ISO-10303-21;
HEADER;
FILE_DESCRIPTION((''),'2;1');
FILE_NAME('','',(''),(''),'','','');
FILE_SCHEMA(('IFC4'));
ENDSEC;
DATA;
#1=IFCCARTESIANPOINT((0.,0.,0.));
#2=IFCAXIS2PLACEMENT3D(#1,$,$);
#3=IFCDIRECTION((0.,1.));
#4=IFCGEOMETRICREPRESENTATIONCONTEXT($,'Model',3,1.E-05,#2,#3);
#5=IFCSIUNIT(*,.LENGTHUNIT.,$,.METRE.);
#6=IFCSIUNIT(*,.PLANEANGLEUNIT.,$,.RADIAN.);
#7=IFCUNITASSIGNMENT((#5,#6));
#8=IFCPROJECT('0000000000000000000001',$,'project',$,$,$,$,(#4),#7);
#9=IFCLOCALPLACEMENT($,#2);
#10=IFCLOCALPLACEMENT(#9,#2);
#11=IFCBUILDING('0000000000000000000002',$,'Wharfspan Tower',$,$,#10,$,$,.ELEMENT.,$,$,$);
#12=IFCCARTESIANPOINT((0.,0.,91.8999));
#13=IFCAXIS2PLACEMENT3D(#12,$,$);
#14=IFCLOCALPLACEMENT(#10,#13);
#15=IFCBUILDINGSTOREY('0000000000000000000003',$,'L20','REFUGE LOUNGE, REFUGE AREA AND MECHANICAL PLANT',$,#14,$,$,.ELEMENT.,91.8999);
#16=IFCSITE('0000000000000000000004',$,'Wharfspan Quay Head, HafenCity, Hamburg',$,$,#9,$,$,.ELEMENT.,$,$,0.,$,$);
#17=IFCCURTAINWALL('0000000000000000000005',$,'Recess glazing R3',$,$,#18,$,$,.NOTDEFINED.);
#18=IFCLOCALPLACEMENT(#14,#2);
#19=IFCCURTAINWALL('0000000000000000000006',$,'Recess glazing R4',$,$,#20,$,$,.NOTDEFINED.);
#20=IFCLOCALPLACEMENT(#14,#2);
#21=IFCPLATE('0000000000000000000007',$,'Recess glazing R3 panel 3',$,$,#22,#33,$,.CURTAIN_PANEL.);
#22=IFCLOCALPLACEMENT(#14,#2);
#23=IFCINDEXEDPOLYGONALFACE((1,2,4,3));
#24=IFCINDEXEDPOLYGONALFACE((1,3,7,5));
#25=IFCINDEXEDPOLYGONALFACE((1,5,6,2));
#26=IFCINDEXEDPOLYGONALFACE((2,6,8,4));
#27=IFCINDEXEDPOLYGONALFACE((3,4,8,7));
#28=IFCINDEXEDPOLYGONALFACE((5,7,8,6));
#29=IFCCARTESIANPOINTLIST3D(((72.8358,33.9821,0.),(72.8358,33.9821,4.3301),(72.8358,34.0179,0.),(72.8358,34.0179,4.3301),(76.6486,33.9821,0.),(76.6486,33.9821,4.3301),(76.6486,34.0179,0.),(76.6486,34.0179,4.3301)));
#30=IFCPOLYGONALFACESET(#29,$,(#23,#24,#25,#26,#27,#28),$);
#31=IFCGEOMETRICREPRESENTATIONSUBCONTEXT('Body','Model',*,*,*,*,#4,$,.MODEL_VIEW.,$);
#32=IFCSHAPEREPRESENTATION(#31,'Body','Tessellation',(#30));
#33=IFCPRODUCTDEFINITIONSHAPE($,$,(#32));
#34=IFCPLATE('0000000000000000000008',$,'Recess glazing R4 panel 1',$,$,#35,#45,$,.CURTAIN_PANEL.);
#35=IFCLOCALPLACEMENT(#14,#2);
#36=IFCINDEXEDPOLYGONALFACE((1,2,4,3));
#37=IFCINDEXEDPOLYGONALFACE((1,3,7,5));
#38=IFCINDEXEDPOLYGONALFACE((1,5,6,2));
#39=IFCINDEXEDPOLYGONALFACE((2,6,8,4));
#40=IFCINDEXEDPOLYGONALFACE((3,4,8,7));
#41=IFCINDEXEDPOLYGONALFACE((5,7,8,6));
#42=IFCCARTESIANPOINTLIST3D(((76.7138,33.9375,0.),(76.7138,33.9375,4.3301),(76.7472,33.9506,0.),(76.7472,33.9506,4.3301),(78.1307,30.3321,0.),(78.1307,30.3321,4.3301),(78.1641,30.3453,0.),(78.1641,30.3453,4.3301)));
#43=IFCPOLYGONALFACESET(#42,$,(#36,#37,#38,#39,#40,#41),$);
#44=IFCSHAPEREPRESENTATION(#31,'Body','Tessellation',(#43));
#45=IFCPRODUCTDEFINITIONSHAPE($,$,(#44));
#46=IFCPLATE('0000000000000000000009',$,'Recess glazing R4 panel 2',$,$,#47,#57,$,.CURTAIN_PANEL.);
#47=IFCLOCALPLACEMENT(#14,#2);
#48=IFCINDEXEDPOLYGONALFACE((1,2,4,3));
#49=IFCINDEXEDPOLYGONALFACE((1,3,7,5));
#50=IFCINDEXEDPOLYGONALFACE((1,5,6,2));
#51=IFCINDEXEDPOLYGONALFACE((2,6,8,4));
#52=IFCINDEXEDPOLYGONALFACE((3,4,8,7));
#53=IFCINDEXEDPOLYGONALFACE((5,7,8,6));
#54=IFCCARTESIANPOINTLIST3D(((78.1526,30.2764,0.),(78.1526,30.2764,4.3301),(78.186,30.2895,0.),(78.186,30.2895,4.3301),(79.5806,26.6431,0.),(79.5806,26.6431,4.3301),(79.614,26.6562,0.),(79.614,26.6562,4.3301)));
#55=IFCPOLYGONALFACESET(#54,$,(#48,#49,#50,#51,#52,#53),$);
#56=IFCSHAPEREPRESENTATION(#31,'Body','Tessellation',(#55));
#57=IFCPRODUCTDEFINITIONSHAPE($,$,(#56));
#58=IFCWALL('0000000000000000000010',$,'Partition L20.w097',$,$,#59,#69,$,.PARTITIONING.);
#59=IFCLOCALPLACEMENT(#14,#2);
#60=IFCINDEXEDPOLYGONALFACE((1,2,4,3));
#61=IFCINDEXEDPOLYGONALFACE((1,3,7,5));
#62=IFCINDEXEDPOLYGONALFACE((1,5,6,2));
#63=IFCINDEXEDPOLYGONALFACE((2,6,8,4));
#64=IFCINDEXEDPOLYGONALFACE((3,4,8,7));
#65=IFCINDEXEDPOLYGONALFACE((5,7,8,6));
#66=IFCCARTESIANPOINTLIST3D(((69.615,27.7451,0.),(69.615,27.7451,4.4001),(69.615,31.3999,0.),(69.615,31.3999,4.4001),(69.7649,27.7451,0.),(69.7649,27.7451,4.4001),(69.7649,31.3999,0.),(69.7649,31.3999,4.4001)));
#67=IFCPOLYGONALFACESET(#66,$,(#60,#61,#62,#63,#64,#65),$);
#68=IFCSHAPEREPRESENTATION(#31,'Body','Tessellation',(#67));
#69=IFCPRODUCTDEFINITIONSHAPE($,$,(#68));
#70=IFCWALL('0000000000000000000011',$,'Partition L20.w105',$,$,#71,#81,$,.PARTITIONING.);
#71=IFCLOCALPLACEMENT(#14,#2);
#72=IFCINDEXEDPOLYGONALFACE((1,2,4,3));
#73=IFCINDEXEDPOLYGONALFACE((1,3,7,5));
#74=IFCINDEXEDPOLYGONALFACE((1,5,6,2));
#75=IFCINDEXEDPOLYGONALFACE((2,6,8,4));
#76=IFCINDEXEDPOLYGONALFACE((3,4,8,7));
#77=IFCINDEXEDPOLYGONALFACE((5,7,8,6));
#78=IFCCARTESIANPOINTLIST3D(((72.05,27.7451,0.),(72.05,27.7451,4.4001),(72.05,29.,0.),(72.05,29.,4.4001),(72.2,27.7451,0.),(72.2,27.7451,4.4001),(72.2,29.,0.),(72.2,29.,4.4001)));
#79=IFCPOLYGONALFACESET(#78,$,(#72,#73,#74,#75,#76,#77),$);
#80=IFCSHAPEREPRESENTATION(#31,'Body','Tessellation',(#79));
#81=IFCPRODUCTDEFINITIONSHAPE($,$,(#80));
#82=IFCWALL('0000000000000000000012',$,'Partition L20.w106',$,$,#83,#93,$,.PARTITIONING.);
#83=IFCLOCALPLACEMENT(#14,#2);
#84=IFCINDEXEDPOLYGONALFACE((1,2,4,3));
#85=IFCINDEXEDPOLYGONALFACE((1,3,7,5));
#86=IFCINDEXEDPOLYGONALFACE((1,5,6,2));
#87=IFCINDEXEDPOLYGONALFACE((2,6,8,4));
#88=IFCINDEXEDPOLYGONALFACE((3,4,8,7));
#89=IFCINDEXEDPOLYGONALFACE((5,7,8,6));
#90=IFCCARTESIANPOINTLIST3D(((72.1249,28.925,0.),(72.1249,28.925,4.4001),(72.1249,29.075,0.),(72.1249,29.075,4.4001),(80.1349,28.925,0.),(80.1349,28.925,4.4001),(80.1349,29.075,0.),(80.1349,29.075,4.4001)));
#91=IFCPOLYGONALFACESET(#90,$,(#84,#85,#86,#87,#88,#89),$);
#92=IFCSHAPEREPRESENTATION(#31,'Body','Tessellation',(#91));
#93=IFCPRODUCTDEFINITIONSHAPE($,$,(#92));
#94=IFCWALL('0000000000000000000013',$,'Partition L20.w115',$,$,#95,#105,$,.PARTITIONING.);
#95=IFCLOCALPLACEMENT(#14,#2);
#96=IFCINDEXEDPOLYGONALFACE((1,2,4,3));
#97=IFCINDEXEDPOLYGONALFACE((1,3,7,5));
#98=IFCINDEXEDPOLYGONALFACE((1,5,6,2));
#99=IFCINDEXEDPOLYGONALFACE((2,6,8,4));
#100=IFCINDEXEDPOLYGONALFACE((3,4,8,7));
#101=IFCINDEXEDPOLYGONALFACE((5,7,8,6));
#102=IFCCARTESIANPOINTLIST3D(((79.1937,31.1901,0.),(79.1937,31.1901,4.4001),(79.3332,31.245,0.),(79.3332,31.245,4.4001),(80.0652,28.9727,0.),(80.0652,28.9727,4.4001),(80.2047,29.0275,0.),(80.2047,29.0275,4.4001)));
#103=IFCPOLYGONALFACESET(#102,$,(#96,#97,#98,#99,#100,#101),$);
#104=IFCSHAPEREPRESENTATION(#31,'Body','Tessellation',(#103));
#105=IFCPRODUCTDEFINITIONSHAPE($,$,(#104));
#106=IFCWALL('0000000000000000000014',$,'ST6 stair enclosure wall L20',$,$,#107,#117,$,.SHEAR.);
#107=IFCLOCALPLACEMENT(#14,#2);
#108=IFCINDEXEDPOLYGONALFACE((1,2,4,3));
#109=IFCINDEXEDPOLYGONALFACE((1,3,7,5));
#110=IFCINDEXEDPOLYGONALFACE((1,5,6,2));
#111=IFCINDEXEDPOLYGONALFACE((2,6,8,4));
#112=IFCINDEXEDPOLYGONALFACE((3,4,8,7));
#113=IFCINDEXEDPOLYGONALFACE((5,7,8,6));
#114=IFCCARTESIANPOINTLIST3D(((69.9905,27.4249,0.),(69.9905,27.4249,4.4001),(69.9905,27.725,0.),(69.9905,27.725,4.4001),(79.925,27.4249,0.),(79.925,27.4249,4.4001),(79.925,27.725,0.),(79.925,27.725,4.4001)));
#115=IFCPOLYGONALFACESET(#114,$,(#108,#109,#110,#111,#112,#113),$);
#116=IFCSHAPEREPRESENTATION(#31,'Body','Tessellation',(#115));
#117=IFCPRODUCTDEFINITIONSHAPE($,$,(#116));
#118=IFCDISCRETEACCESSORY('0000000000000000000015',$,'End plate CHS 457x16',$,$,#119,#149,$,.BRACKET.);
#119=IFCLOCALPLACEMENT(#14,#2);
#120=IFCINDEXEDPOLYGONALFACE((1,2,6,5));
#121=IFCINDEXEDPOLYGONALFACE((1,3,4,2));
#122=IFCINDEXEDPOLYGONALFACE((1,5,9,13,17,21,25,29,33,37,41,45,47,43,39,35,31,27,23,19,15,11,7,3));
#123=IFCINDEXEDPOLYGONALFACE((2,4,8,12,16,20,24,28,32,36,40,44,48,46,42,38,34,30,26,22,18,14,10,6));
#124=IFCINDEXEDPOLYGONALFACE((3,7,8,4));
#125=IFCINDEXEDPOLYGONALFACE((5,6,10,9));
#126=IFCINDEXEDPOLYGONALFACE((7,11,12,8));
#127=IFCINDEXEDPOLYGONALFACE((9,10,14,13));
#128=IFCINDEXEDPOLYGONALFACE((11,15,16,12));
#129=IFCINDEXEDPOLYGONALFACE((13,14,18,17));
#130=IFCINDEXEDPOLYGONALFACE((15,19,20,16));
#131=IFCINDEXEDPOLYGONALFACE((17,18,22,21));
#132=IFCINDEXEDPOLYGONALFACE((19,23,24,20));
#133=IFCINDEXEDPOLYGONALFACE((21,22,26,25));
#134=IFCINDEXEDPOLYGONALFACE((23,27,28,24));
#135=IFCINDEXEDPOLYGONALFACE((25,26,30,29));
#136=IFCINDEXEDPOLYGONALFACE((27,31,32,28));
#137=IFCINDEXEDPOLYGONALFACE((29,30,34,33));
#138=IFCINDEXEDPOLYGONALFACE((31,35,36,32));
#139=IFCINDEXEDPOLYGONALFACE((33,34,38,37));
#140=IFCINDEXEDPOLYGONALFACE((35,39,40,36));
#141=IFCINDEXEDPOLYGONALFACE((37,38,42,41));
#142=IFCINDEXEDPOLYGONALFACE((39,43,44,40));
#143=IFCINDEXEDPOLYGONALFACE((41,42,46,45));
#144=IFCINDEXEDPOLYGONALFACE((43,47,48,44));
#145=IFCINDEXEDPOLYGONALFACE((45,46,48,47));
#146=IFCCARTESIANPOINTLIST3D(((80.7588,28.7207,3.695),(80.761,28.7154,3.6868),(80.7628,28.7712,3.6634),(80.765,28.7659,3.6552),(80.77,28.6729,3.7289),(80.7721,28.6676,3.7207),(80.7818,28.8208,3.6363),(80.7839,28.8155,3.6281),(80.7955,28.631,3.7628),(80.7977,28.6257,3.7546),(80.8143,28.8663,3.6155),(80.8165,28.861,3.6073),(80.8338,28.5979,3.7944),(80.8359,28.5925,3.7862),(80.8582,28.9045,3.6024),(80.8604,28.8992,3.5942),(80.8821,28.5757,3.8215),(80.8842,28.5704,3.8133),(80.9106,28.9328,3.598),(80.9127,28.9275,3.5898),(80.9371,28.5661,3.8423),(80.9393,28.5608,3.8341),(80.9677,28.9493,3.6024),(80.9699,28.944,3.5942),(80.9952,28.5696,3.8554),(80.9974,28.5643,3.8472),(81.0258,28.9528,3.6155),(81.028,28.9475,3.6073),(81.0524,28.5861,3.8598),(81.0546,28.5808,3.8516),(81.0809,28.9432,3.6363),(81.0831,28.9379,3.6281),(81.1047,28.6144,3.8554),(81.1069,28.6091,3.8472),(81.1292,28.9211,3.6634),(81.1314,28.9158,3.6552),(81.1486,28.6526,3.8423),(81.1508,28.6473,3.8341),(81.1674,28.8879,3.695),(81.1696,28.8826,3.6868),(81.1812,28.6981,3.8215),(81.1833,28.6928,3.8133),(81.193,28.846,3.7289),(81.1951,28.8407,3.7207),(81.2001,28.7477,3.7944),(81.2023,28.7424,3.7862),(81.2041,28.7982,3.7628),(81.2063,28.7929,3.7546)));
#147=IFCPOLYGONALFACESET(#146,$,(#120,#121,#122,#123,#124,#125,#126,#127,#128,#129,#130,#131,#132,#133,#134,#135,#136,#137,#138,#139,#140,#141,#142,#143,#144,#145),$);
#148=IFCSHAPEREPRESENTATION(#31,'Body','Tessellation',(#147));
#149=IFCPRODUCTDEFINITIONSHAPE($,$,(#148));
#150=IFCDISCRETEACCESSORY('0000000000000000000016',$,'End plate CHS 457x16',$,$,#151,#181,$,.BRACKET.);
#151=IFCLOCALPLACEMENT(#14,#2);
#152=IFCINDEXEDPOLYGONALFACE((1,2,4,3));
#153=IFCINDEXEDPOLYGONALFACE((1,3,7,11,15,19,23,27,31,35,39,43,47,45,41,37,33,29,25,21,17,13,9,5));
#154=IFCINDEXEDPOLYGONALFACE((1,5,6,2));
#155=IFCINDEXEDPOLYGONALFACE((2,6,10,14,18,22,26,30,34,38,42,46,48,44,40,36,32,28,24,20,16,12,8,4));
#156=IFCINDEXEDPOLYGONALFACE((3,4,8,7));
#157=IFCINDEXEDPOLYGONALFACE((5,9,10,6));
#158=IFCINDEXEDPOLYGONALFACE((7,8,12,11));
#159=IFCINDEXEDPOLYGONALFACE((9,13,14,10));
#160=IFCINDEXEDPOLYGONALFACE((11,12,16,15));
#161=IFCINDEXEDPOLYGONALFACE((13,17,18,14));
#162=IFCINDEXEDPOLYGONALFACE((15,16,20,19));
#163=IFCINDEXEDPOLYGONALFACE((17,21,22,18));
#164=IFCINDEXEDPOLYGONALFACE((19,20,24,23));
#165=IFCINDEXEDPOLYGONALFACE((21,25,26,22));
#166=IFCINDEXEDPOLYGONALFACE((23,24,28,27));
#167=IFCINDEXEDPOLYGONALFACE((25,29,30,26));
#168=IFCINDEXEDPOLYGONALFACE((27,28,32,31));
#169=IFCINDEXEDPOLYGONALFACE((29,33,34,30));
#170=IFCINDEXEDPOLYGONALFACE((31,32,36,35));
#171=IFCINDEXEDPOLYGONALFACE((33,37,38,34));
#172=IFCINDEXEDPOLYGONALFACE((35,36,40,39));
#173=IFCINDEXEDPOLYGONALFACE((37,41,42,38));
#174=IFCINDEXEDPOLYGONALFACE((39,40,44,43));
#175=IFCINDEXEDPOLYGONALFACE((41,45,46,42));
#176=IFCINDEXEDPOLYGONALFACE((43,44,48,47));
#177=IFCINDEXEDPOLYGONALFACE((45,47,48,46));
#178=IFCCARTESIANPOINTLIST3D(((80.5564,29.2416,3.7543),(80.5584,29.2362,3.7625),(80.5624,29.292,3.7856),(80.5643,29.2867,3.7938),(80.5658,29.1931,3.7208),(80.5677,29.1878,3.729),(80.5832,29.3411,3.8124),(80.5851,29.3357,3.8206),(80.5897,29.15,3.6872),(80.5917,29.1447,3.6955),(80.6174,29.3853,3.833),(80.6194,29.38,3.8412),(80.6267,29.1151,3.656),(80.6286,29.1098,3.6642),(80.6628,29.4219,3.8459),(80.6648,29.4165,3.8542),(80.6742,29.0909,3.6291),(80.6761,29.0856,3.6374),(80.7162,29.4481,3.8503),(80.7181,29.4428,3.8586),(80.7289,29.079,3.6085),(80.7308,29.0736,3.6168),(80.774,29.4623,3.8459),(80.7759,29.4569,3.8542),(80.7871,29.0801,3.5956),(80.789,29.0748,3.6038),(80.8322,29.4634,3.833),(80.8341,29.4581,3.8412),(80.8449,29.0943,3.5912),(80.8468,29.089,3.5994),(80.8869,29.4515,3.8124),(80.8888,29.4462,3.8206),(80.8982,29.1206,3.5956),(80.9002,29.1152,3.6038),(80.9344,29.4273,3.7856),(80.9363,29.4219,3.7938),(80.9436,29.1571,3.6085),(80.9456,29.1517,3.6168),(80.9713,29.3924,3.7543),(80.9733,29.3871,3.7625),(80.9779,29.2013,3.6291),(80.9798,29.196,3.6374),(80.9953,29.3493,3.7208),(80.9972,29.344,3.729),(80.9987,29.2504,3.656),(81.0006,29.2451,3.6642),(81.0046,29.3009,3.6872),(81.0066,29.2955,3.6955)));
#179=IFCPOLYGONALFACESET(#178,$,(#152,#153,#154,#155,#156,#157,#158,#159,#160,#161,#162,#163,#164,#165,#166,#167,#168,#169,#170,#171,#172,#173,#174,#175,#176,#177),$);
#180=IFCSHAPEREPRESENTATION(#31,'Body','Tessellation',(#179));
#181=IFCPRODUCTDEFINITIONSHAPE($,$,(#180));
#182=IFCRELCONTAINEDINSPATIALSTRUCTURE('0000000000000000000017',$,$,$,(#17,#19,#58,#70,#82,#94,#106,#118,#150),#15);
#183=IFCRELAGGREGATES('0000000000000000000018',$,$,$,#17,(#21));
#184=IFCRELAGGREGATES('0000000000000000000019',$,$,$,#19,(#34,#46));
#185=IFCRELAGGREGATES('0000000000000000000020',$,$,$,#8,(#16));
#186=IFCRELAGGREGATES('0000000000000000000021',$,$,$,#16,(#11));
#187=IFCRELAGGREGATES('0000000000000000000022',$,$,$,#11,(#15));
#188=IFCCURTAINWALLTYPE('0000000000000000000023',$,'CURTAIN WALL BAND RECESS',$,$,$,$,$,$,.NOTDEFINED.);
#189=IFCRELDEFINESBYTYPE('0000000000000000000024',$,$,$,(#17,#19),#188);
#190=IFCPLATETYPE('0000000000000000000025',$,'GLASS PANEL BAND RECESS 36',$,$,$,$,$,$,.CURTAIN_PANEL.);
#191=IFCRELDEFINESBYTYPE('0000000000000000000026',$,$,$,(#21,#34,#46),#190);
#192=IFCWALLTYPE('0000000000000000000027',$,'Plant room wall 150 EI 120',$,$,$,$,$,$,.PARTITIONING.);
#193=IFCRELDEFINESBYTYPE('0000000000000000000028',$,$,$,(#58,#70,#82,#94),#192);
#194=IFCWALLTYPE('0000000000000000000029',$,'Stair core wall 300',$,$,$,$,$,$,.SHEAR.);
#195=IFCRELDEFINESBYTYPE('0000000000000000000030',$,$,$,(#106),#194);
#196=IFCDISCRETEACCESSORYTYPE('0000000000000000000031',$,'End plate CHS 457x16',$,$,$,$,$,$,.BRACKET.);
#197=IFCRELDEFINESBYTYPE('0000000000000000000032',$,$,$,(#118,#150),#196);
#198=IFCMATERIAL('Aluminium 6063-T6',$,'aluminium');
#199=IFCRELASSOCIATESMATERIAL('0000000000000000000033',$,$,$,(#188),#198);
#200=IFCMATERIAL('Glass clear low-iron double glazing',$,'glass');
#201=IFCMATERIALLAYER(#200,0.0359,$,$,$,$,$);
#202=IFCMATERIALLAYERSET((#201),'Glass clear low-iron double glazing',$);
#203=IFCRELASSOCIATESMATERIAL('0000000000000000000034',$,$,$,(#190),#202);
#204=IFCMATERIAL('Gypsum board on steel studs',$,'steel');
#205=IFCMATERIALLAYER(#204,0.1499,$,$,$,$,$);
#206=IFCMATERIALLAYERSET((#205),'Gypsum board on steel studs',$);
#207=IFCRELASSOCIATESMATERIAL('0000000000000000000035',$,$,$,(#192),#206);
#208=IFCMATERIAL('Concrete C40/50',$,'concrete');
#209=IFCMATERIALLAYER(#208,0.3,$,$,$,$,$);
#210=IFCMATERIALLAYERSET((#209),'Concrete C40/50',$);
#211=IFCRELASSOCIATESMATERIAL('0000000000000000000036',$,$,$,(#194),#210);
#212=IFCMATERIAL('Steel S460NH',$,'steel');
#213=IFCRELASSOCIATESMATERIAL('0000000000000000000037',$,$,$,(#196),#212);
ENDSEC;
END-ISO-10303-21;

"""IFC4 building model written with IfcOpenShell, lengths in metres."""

from ifc_helpers import new_model, si_unit, direction, frame, frame_2d, origin, origin_2d, place, context, subcontext, project, spatial, rectangle, circle, extrude, material, layer, layer_set, material_profile, profile_set, type_object, element, aggregate, save


model = new_model("IFC4")

# Units and contexts
model_context = context("Model", 3, precision=1e-05, world=origin(), true_north=direction((0.0, 1.0)))
body_context = subcontext(model_context, "Body", "Model", "MODEL_VIEW")
ifc_project = project(units=[si_unit("LENGTHUNIT", "METRE"), si_unit("PLANEANGLEUNIT", "RADIAN")], contexts=[model_context])

# Site, building, storey
site_placement = place(None, origin())
site = spatial("IfcSite", under=ifc_project, at=site_placement, Name="Wharfspan Quay Head, HafenCity, Hamburg", CompositionType="ELEMENT", RefElevation=0.0)
building_placement = place(site_placement, origin())
building = spatial("IfcBuilding", under=site, at=building_placement, Name="Wharfspan Tower", CompositionType="ELEMENT")
storey_placement = place(building_placement, frame((0.0, 0.0, 91.8999)))
storey = spatial("IfcBuildingStorey", under=building, at=storey_placement, Name="L20", Description="REFUGE LOUNGE, REFUGE AREA AND MECHANICAL PLANT", CompositionType="ELEMENT", Elevation=91.8999)

# Curtain walls
ifc_material_1 = material(Name="Aluminium 6063-T6", Category="aluminium")
curtain_wall_type = type_object("IfcCurtainWallType", Name="CURTAIN WALL BAND RECESS", PredefinedType="NOTDEFINED", material=ifc_material_1)
curtain_wall_1_placement = place(storey_placement, origin())
curtain_wall_1 = element("IfcCurtainWall", 1, at=curtain_wall_1_placement, inside=storey, type_object=curtain_wall_type, Name="Recess glazing R3", PredefinedType="NOTDEFINED")
curtain_wall_2_placement = place(storey_placement, origin())
curtain_wall_2 = element("IfcCurtainWall", 2, at=curtain_wall_2_placement, inside=storey, type_object=curtain_wall_type, Name="Recess glazing R4", PredefinedType="NOTDEFINED")

# Shared definitions
ifc_material_2 = material(Name="Steel S460NH", Category="steel")

# Plates
ifc_material_3 = material(Name="Glass clear low-iron double glazing", Category="glass")
ifc_layer_1 = layer(ifc_material_3, 0.0359)
ifc_layer_set_1 = layer_set([ifc_layer_1], Name="Glass clear low-iron double glazing")
plate_type = type_object("IfcPlateType", Name="GLASS PANEL BAND RECESS 36", PredefinedType="CURTAIN_PANEL", material=ifc_layer_set_1)
plate_1_placement = place(storey_placement, frame((74.7422, 34.0, 0.0), z_axis=(0.0, 0.0, 1.0), x_axis=(1.0, 0.0, 0.0)))
plate_1 = element("IfcPlate", 3, at=plate_1_placement, type_object=plate_type, Name="Recess glazing R3 panel 3", PredefinedType="CURTAIN_PANEL", context=body_context, shape_type="SweptSolid", body=[
    extrude(rectangle(XDim=3.8127, YDim=0.0359, at=origin_2d()), origin(), (0.0, 0.0, 1.0), 4.3301),
])
aggregate(curtain_wall_1, [plate_1])
plate_2_placement = place(storey_placement, frame((77.439, 32.1414, 0.0), z_axis=(0.0, 0.0, 1.0), x_axis=(0.365778, -0.930702, 0.0)))
plate_2 = element("IfcPlate", 4, at=plate_2_placement, type_object=plate_type, Name="Recess glazing R4 panel 1", PredefinedType="CURTAIN_PANEL", context=body_context, shape_type="SweptSolid", body=[
    extrude(rectangle(XDim=3.8738, YDim=0.0359, at=origin_2d()), origin(), (0.0, 0.0, 1.0), 4.3301),
])
plate_3_placement = place(storey_placement, frame((78.8833, 28.4663, 0.0), z_axis=(0.0, 0.0, 1.0), x_axis=(0.365778, -0.930702, 0.0)))
plate_3 = element("IfcPlate", 5, at=plate_3_placement, type_object=plate_type, Name="Recess glazing R4 panel 2", PredefinedType="CURTAIN_PANEL", context=body_context, shape_type="SweptSolid", body=[
    extrude(rectangle(XDim=3.9038, YDim=0.0359, at=origin_2d()), origin(), (0.0, 0.0, 1.0), 4.3301),
])
aggregate(curtain_wall_2, [plate_2, plate_3])

# Walls
ifc_material_4 = material(Name="Gypsum board on steel studs", Category="steel")
ifc_layer_2 = layer(ifc_material_4, 0.1499)
ifc_layer_set_2 = layer_set([ifc_layer_2], Name="Gypsum board on steel studs")
wall_type_1 = type_object("IfcWallType", Name="Plant room wall 150 EI 120", PredefinedType="PARTITIONING", material=ifc_layer_set_2)
wall_1_placement = place(storey_placement, frame((69.6899, 27.7451, 0.0), z_axis=(0.0, 0.0, 1.0), x_axis=(0.0, 1.0, 0.0)))
element("IfcWall", 6, at=wall_1_placement, inside=storey, type_object=wall_type_1, Name="Partition L20.w097", PredefinedType="PARTITIONING", context=body_context, shape_type="SweptSolid", body=[
    extrude(rectangle(XDim=3.6548, YDim=0.1499, at=frame_2d((1.8274, 0.0))), origin(), (0.0, 0.0, 1.0), 4.4001),
])
wall_2_placement = place(storey_placement, frame((72.125, 27.7451, 0.0), z_axis=(0.0, 0.0, 1.0), x_axis=(0.0, 1.0, 0.0)))
element("IfcWall", 7, at=wall_2_placement, inside=storey, type_object=wall_type_1, Name="Partition L20.w105", PredefinedType="PARTITIONING", context=body_context, shape_type="SweptSolid", body=[
    extrude(rectangle(XDim=1.2549, YDim=0.1499, at=frame_2d((0.6274, 0.0))), origin(), (0.0, 0.0, 1.0), 4.4001),
])
wall_3_placement = place(storey_placement, frame((72.125, 29.0, 0.0), z_axis=(0.0, 0.0, 1.0), x_axis=(1.0, 0.0, 0.0)))
element("IfcWall", 8, at=wall_3_placement, inside=storey, type_object=wall_type_1, Name="Partition L20.w106", PredefinedType="PARTITIONING", context=body_context, shape_type="SweptSolid", body=[
    extrude(rectangle(XDim=8.01, YDim=0.1499, at=frame_2d((4.0049, 0.0))), origin(), (0.0, 0.0, 1.0), 4.4001),
])
wall_4_placement = place(storey_placement, frame((80.135, 29.0, 0.0), z_axis=(0.0, 0.0, 1.0), x_axis=(-0.365801, 0.930692, 0.0)))
element("IfcWall", 9, at=wall_4_placement, inside=storey, type_object=wall_type_1, Name="Partition L20.w115", PredefinedType="PARTITIONING", context=body_context, shape_type="SweptSolid", body=[
    extrude(rectangle(XDim=2.3826, YDim=0.1499, at=frame_2d((1.1914, 0.0))), origin(), (0.0, 0.0, 1.0), 4.4001),
])
ifc_material_5 = material(Name="Concrete C40/50", Category="concrete")
ifc_layer_3 = layer(ifc_material_5, 0.3)
ifc_layer_set_3 = layer_set([ifc_layer_3], Name="Concrete C40/50")
wall_type_2 = type_object("IfcWallType", Name="Stair core wall 300", PredefinedType="SHEAR", material=ifc_layer_set_3)
wall_5_placement = place(storey_placement, frame((69.9905, 27.575, 0.0), z_axis=(0.0, 0.0, 1.0), x_axis=(1.0, 0.0, 0.0)))
element("IfcWall", 10, at=wall_5_placement, inside=storey, type_object=wall_type_2, Name="ST6 stair enclosure wall L20", PredefinedType="SHEAR", context=body_context, shape_type="SweptSolid", body=[
    extrude(rectangle(XDim=9.9346, YDim=0.3, at=frame_2d((4.9673, 0.0))), origin(), (0.0, 0.0, 1.0), 4.4001),
])

# Discrete accessories
ifc_material_profile_1 = material_profile(ifc_material_2, circle(Radius=0.2285, at=origin_2d()))
ifc_profile_set_1 = profile_set([ifc_material_profile_1], Name="Steel S460NH")
discrete_accessory_type_1 = type_object("IfcDiscreteAccessoryType", Name="End plate CHS 457x16", PredefinedType="BRACKET", material=ifc_profile_set_1)
for number, where, z_axis, x_axis, name in (
    (11, (80.9836, 28.7541, 3.7207), (-0.216946, 0.530313, 0.819575), (-0.925547, -0.378634, 0.000001), "End plate CHS 457x16"),
    (12, (80.7825, 29.2659, 3.729), (-0.193801, 0.532952, -0.823653), (-0.939792, -0.341743, 0.0), "End plate CHS 457x16"),
):
    element("IfcDiscreteAccessory", number, at=place(storey_placement, frame(where, z_axis=z_axis, x_axis=x_axis)), inside=storey, type_object=discrete_accessory_type_1, Name=name, PredefinedType="BRACKET", context=body_context, shape_type="SweptSolid", body=[
        extrude(circle(Radius=0.2285, at=origin_2d()), origin(), (0.0, 0.0, 1.0), 0.01),
    ])

save(model, "model.ifc")
